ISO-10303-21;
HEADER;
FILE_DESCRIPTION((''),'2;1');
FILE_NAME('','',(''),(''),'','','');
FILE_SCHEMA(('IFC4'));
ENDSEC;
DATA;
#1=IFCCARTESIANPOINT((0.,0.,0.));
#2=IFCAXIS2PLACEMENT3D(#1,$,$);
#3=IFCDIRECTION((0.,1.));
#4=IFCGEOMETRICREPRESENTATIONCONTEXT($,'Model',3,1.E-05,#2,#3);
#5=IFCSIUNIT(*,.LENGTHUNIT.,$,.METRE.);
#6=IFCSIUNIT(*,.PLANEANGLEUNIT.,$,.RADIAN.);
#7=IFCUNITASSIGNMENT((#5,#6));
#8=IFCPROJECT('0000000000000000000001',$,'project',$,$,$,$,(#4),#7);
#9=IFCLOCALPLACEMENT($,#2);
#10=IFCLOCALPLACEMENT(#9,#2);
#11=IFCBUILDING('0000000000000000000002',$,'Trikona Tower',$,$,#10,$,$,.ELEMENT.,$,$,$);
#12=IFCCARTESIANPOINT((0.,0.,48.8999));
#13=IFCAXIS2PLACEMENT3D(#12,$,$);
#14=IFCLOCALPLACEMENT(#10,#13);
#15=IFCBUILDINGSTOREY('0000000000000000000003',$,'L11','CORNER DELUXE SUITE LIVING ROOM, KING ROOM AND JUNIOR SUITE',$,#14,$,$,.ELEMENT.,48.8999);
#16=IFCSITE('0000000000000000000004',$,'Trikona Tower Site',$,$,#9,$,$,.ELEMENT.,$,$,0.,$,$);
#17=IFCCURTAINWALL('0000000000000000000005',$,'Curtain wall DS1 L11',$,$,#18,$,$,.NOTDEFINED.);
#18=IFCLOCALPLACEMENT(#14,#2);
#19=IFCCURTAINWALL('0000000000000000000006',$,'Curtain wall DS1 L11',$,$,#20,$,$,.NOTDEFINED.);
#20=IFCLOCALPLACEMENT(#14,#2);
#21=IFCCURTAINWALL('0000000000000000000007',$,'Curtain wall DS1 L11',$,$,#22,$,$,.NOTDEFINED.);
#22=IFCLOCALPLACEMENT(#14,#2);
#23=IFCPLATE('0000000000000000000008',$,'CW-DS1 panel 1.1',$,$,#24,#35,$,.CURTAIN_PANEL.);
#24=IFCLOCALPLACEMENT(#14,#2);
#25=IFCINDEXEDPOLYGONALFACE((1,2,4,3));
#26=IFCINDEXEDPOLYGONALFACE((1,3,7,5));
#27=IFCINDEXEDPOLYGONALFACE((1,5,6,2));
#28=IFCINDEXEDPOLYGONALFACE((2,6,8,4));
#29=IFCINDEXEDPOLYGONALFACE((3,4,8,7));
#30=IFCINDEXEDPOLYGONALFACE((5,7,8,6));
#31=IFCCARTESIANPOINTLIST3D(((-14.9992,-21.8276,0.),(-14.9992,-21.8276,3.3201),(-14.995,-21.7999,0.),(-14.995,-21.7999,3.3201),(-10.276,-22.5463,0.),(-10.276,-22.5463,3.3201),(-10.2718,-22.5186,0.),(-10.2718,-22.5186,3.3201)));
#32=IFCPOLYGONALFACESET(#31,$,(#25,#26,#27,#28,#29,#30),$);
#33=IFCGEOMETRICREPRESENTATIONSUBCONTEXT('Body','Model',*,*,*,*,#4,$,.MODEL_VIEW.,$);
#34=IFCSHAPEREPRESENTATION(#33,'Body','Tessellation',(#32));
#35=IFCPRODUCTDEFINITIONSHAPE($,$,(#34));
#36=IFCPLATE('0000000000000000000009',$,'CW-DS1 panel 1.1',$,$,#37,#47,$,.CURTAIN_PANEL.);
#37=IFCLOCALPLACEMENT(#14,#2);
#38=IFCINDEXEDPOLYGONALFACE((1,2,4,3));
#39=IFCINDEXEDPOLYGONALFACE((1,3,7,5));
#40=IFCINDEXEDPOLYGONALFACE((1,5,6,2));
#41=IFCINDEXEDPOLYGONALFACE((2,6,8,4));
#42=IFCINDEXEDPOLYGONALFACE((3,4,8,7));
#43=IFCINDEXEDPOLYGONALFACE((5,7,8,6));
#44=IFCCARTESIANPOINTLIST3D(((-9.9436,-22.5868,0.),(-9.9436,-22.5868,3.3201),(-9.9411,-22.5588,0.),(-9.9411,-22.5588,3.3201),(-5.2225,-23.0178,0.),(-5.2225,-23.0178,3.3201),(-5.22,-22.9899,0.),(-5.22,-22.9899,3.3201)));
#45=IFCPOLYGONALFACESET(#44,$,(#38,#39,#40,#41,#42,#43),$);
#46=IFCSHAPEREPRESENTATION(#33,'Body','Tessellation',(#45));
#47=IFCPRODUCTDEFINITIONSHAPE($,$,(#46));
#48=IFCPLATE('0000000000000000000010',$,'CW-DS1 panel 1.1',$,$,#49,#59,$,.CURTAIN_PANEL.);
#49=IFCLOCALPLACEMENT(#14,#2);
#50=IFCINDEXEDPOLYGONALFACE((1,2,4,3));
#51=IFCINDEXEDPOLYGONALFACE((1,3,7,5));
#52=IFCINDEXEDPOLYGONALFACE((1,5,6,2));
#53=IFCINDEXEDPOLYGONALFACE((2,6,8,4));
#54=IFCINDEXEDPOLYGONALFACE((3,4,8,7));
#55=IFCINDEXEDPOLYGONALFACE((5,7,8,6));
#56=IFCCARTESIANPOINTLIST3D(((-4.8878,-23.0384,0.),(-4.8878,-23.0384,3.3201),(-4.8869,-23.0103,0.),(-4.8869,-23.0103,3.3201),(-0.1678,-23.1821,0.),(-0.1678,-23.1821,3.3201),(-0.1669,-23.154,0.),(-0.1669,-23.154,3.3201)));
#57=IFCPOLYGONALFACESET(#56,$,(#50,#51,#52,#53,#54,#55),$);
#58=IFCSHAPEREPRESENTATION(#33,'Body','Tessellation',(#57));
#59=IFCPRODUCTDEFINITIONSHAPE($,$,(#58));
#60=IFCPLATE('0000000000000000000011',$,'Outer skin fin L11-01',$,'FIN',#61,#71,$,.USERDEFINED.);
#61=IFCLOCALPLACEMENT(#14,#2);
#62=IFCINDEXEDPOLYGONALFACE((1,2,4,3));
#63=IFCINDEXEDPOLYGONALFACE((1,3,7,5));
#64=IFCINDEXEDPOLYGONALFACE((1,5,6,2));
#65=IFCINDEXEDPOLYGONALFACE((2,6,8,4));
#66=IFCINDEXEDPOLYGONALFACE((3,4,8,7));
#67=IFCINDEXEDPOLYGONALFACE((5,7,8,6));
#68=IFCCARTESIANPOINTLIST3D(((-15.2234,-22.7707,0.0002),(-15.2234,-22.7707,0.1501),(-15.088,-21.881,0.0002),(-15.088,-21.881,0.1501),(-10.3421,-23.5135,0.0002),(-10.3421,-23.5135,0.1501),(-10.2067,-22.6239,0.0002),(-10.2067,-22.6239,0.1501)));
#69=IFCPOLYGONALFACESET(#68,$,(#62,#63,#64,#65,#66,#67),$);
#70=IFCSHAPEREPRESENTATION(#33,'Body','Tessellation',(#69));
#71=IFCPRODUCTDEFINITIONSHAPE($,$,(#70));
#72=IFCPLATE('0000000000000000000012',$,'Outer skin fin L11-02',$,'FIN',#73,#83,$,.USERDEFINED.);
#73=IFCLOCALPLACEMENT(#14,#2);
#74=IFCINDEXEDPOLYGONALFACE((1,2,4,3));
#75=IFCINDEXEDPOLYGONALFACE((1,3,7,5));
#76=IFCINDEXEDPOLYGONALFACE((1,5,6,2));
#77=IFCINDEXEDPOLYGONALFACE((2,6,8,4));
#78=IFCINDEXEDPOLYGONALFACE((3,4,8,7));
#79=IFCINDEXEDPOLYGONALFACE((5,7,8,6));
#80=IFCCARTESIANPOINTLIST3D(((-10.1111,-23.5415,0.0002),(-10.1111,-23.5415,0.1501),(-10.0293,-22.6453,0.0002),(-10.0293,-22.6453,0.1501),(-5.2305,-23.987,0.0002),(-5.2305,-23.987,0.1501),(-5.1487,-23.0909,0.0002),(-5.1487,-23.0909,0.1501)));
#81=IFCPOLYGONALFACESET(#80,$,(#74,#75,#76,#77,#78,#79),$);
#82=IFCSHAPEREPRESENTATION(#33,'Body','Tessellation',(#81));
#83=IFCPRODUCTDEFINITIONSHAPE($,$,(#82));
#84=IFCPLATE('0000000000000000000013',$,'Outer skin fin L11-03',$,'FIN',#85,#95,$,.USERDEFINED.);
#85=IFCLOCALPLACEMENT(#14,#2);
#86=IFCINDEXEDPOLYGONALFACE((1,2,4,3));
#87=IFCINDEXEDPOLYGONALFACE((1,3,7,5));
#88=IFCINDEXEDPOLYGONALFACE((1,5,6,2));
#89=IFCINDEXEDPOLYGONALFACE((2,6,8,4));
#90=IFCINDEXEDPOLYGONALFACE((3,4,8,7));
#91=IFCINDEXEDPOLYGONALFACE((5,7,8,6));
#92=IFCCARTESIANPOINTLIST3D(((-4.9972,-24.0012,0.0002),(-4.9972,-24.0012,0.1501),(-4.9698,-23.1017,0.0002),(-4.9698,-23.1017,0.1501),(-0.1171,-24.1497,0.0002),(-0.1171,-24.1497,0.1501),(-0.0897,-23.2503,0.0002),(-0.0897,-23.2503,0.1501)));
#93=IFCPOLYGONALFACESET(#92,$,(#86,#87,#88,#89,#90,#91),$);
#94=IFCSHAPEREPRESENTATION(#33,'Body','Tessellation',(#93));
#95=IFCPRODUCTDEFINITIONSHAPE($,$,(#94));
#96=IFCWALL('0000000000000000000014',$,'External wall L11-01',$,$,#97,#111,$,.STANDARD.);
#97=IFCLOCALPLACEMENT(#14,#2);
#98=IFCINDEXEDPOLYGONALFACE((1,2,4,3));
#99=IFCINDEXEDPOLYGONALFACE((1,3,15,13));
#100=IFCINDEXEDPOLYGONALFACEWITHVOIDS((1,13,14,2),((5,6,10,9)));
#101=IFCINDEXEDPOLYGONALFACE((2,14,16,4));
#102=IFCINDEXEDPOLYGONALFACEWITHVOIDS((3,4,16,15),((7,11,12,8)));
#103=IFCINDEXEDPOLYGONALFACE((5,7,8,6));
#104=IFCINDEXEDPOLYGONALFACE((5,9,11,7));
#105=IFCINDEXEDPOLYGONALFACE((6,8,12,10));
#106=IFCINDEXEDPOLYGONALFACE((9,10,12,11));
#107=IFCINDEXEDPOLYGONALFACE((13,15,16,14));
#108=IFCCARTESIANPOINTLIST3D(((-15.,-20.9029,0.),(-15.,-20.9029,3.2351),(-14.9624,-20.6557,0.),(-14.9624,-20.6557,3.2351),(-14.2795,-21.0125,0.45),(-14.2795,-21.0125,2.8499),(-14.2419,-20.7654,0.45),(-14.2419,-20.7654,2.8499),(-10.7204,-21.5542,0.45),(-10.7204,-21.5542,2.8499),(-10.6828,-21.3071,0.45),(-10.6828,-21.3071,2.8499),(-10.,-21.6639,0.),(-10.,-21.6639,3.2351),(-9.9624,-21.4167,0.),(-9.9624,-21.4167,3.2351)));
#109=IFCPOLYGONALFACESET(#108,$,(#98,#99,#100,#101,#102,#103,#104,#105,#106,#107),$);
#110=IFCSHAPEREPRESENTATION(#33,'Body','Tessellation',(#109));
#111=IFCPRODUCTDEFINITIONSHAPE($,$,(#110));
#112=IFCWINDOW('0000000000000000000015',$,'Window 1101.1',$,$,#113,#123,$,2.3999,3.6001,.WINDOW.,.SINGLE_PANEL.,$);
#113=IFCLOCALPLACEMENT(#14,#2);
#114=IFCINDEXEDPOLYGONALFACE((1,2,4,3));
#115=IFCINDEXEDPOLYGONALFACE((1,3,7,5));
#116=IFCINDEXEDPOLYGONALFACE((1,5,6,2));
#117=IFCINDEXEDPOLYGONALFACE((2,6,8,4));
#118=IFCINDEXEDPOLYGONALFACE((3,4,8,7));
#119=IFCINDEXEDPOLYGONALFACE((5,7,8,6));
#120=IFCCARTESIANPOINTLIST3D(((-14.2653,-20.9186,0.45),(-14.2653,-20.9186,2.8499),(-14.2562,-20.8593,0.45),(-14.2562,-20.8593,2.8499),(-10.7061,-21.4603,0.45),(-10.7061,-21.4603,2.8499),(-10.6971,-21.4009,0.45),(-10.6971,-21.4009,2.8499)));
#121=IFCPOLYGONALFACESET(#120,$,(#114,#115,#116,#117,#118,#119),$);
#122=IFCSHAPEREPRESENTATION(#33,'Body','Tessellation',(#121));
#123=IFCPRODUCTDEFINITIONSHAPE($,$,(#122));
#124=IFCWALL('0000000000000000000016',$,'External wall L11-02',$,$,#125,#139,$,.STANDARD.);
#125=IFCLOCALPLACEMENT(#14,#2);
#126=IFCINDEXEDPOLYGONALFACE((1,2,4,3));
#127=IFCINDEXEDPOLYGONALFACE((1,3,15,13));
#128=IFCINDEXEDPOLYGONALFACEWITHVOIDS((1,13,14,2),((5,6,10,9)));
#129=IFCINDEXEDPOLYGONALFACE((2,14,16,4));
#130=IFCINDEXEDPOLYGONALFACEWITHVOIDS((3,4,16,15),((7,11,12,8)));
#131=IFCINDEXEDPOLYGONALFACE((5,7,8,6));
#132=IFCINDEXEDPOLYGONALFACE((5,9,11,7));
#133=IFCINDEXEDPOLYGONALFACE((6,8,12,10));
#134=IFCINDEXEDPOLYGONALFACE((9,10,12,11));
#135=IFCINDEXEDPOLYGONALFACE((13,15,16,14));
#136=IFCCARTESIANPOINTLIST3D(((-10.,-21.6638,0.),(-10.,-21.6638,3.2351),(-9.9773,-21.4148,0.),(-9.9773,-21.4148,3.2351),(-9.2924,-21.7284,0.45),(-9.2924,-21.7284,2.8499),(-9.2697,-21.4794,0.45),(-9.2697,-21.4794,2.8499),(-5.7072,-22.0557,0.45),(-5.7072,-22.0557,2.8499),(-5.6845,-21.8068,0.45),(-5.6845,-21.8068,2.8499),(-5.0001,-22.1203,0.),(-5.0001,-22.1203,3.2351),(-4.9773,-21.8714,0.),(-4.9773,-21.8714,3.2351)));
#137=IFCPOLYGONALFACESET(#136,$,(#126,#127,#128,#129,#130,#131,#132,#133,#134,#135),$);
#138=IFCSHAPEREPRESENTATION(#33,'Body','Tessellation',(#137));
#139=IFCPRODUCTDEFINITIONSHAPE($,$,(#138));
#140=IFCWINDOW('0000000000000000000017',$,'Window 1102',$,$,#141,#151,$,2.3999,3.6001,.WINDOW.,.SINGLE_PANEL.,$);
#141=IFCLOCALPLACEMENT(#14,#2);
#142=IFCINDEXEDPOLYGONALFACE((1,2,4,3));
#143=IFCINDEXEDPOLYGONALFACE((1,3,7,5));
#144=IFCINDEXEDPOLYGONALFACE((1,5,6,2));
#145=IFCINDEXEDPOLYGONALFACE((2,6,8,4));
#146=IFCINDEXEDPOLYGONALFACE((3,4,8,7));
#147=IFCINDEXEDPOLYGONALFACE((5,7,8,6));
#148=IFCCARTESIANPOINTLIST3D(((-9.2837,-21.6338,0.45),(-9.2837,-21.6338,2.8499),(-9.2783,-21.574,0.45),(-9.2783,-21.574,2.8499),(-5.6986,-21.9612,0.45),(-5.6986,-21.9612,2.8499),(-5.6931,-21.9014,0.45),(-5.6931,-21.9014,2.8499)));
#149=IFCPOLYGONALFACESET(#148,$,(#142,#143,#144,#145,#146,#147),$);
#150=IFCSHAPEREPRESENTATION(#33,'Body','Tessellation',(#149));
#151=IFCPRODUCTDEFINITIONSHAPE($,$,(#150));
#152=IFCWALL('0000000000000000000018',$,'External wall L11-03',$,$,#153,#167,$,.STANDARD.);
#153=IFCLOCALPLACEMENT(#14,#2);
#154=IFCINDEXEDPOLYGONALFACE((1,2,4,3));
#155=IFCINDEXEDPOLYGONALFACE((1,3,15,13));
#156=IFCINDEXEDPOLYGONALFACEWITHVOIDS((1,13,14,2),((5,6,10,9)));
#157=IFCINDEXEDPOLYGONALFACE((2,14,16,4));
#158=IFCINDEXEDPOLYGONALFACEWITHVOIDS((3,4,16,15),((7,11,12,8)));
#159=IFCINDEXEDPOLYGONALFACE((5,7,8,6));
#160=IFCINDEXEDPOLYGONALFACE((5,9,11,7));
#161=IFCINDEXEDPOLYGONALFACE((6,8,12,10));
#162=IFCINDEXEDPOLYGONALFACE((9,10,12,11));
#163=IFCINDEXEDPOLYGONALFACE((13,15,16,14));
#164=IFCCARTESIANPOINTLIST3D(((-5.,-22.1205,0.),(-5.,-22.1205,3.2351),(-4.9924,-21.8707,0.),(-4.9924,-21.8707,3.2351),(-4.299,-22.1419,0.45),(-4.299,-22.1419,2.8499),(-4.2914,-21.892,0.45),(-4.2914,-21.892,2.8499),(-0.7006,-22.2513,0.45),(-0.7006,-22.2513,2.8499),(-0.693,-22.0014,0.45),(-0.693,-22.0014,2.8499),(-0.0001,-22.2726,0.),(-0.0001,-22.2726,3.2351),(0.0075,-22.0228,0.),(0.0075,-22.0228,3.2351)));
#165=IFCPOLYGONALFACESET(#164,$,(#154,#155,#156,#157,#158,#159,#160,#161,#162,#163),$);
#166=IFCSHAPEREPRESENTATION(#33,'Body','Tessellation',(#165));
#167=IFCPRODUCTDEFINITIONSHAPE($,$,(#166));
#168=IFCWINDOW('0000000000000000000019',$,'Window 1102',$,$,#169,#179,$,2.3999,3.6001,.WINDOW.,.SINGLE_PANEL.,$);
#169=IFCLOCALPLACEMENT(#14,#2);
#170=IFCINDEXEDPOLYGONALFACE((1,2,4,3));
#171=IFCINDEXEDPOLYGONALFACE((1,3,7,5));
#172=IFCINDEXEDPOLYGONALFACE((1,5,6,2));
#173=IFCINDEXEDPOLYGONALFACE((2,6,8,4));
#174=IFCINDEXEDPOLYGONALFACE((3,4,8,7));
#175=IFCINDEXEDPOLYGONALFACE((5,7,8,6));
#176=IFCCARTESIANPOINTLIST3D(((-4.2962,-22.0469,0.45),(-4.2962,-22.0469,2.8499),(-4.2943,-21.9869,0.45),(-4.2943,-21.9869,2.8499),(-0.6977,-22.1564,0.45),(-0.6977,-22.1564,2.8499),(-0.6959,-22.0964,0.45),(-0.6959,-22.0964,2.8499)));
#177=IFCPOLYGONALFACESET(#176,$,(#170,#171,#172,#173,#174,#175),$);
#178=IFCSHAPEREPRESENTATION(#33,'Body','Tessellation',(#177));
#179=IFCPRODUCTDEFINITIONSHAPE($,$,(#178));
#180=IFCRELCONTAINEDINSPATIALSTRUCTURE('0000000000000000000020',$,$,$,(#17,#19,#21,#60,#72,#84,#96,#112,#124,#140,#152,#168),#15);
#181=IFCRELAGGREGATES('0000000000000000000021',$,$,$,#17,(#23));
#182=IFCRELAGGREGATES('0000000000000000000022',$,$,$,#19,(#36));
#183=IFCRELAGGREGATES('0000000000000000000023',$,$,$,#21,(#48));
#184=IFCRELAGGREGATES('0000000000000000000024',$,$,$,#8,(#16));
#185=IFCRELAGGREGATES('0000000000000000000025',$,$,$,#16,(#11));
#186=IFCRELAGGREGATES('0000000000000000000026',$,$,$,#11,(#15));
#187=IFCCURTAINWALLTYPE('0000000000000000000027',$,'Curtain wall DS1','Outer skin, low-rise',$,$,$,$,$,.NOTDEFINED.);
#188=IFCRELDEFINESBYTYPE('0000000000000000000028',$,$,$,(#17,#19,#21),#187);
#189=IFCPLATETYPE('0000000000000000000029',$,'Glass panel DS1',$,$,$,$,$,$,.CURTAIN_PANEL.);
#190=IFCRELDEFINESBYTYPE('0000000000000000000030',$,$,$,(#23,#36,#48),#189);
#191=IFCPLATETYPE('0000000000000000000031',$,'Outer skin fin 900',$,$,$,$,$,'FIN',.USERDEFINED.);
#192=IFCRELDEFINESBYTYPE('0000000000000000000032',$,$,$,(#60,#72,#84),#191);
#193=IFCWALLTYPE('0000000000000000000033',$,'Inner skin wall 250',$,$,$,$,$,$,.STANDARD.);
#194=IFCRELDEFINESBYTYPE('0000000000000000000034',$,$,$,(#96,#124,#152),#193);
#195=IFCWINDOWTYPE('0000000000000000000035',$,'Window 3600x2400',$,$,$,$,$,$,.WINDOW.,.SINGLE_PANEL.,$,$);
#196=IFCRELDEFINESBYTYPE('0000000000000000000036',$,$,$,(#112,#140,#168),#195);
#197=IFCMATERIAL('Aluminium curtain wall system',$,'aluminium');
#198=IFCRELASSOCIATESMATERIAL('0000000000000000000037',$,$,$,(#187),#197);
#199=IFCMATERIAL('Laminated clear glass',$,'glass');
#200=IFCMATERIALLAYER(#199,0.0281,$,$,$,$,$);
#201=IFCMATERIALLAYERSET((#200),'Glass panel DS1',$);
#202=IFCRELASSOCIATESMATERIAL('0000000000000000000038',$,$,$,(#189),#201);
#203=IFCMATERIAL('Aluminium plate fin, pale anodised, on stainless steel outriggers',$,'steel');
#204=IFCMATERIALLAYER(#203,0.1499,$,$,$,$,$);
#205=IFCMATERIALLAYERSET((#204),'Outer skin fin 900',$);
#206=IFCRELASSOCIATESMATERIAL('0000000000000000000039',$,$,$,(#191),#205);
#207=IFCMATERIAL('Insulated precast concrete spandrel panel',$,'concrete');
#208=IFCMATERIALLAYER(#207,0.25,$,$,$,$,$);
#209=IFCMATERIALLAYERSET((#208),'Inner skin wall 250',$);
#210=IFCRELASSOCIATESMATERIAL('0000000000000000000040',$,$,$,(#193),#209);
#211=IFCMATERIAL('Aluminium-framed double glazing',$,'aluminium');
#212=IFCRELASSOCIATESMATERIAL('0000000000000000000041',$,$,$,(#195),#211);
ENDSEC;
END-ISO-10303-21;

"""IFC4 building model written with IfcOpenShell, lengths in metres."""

from ifc_helpers import new_model, si_unit, direction, frame, frame_2d, origin, origin_2d, place, context, subcontext, project, spatial, rectangle, extrude, material, layer, layer_set, type_object, element, fill, aggregate, save


model = new_model("IFC4")

# Units and contexts
model_context = context("Model", 3, precision=1e-05, world=origin(), true_north=direction((0.0, 1.0)))
body_context = subcontext(model_context, "Body", "Model", "MODEL_VIEW")
ifc_project = project(units=[si_unit("LENGTHUNIT", "METRE"), si_unit("PLANEANGLEUNIT", "RADIAN")], contexts=[model_context])

# Site, building, storey
site_placement = place(None, origin())
site = spatial("IfcSite", under=ifc_project, at=site_placement, Name="Trikona Tower Site", CompositionType="ELEMENT", RefElevation=0.0)
building_placement = place(site_placement, origin())
building = spatial("IfcBuilding", under=site, at=building_placement, Name="Trikona Tower", CompositionType="ELEMENT")
storey_placement = place(building_placement, frame((0.0, 0.0, 48.8999)))
storey = spatial("IfcBuildingStorey", under=building, at=storey_placement, Name="L11", Description="CORNER DELUXE SUITE LIVING ROOM, KING ROOM AND JUNIOR SUITE", CompositionType="ELEMENT", Elevation=48.8999)

# Curtain wall
ifc_material_1 = material(Name="Aluminium curtain wall system", Category="aluminium")
curtain_wall_type = type_object("IfcCurtainWallType", Name="Curtain wall DS1", Description="Outer skin, low-rise", PredefinedType="NOTDEFINED", material=ifc_material_1)
curtain_wall_1_placement = place(storey_placement, origin())
curtain_wall_1 = element("IfcCurtainWall", 1, at=curtain_wall_1_placement, inside=storey, type_object=curtain_wall_type, Name="Curtain wall DS1 L11", PredefinedType="NOTDEFINED")

# Curtain walls
curtain_wall_2_placement = place(storey_placement, origin())
curtain_wall_2 = element("IfcCurtainWall", 2, at=curtain_wall_2_placement, inside=storey, type_object=curtain_wall_type, Name="Curtain wall DS1 L11", PredefinedType="NOTDEFINED")
curtain_wall_3_placement = place(storey_placement, origin())
curtain_wall_3 = element("IfcCurtainWall", 3, at=curtain_wall_3_placement, inside=storey, type_object=curtain_wall_type, Name="Curtain wall DS1 L11", PredefinedType="NOTDEFINED")

# Plates
ifc_material_2 = material(Name="Laminated clear glass", Category="glass")
ifc_layer_1 = layer(ifc_material_2, 0.0281)
ifc_layer_set_1 = layer_set([ifc_layer_1], Name="Glass panel DS1")
plate_type_1 = type_object("IfcPlateType", Name="Glass panel DS1", PredefinedType="CURTAIN_PANEL", material=ifc_layer_set_1)
plate_1_placement = place(storey_placement, frame((-12.6355, -22.1731, 0.0), z_axis=(0.0, 0.0, 1.0), x_axis=(0.988619, -0.150438, 0.0)))
plate_1 = element("IfcPlate", 4, at=plate_1_placement, type_object=plate_type_1, Name="CW-DS1 panel 1.1", PredefinedType="CURTAIN_PANEL", context=body_context, shape_type="SweptSolid", body=[
    extrude(rectangle(XDim=4.7776, YDim=0.0281, at=origin_2d()), origin(), (0.0, 0.0, 1.0), 3.3201),
])
aggregate(curtain_wall_1, [plate_1])
plate_2_placement = place(storey_placement, frame((-7.5818, -22.7883, 0.0), z_axis=(0.0, 0.0, 1.0), x_axis=(0.995858, -0.090924, 0.0)))
plate_2 = element("IfcPlate", 5, at=plate_2_placement, type_object=plate_type_1, Name="CW-DS1 panel 1.1", PredefinedType="CURTAIN_PANEL", context=body_context, shape_type="SweptSolid", body=[
    extrude(rectangle(XDim=4.7407, YDim=0.0281, at=origin_2d()), origin(), (0.0, 0.0, 1.0), 3.3201),
])
aggregate(curtain_wall_2, [plate_2])
plate_3_placement = place(storey_placement, frame((-2.5273, -23.0962, 0.0), z_axis=(0.0, 0.0, 1.0), x_axis=(0.999537, -0.030437, 0.0)))
plate_3 = element("IfcPlate", 6, at=plate_3_placement, type_object=plate_type_1, Name="CW-DS1 panel 1.1", PredefinedType="CURTAIN_PANEL", context=body_context, shape_type="SweptSolid", body=[
    extrude(rectangle(XDim=4.7222, YDim=0.0281, at=origin_2d()), origin(), (0.0, 0.0, 1.0), 3.3201),
])
aggregate(curtain_wall_3, [plate_3])

# Plates
ifc_material_3 = material(Name="Aluminium plate fin, pale anodised, on stainless steel outriggers", Category="steel")
ifc_layer_2 = layer(ifc_material_3, 0.1499)
ifc_layer_set_2 = layer_set([ifc_layer_2], Name="Outer skin fin 900")
plate_type_2 = type_object("IfcPlateType", Name="Outer skin fin 900", ElementType="FIN", PredefinedType="USERDEFINED", material=ifc_layer_set_2)
plate_4_placement = place(storey_placement, frame((-12.7151, -22.6973, 0.0002), z_axis=(0.0, 0.0, 1.0), x_axis=(0.988618, -0.150448, 0.0)))
element("IfcPlate", 7, at=plate_4_placement, inside=storey, type_object=plate_type_2, Name="Outer skin fin L11-01", ObjectType="FIN", PredefinedType="USERDEFINED", context=body_context, shape_type="SweptSolid", body=[
    extrude(rectangle(XDim=4.9375, YDim=0.8999, at=origin_2d()), origin(), (0.0, 0.0, 1.0), 0.1499),
])
plate_5_placement = place(storey_placement, frame((-7.6299, -23.3162, 0.0002), z_axis=(0.0, 0.0, 1.0), x_axis=(0.995858, -0.090921, 0.0)))
element("IfcPlate", 8, at=plate_5_placement, inside=storey, type_object=plate_type_2, Name="Outer skin fin L11-02", ObjectType="FIN", PredefinedType="USERDEFINED", context=body_context, shape_type="SweptSolid", body=[
    extrude(rectangle(XDim=4.9009, YDim=0.8999, at=origin_2d()), origin(), (0.0, 0.0, 1.0), 0.1499),
])
plate_6_placement = place(storey_placement, frame((-2.5435, -23.6257, 0.0002), z_axis=(0.0, 0.0, 1.0), x_axis=(0.999537, -0.030425, 0.0)))
element("IfcPlate", 9, at=plate_6_placement, inside=storey, type_object=plate_type_2, Name="Outer skin fin L11-03", ObjectType="FIN", PredefinedType="USERDEFINED", context=body_context, shape_type="SweptSolid", body=[
    extrude(rectangle(XDim=4.8823, YDim=0.8999, at=origin_2d()), origin(), (0.0, 0.0, 1.0), 0.1499),
])

# Walls, openings, windows
ifc_material_4 = material(Name="Insulated precast concrete spandrel panel", Category="concrete")
ifc_layer_3 = layer(ifc_material_4, 0.25)
ifc_layer_set_3 = layer_set([ifc_layer_3], Name="Inner skin wall 250")
wall_type = type_object("IfcWallType", Name="Inner skin wall 250", PredefinedType="STANDARD", material=ifc_layer_set_3)
wall_1_placement = place(storey_placement, frame((-14.9812, -20.7793, 0.0), z_axis=(0.0, 0.0, 1.0), x_axis=(0.988615, -0.150465, 0.0)))
wall_1 = element("IfcWall", 10, at=wall_1_placement, inside=storey, type_object=wall_type, Name="External wall L11-01", PredefinedType="STANDARD", context=body_context, shape_type="SweptSolid", body=[
    extrude(rectangle(XDim=5.0576, YDim=0.25, at=frame_2d((2.5288, 0.0))), origin(), (0.0, 0.0, 1.0), 3.2351),
])
opening_1_placement = place(wall_1_placement, frame((0.7288, 0.0, 0.45)))
opening_1 = element("IfcOpeningElement", 11, at=opening_1_placement, cuts=wall_1, PredefinedType="OPENING", context=body_context, shape_type="SweptSolid", body=[
    extrude(rectangle(XDim=3.6001, YDim=2.3999, at=frame_2d((1.8, 1.2))), frame((0.0, 0.135, 0.0), z_axis=(0.0, -1.0, 0.0), x_axis=(1.0, 0.0, 0.0)), (0.0, 0.0, 1.0), 0.27),
])
ifc_material_5 = material(Name="Aluminium-framed double glazing", Category="aluminium")
window_type = type_object("IfcWindowType", Name="Window 3600x2400", PartitioningType="SINGLE_PANEL", PredefinedType="WINDOW", material=ifc_material_5)
window_1_placement = place(opening_1_placement, origin())
window_1 = element("IfcWindow", 12, at=window_1_placement, inside=storey, type_object=window_type, Name="Window 1101.1", OverallHeight=2.3999, OverallWidth=3.6001, PartitioningType="SINGLE_PANEL", PredefinedType="WINDOW", context=body_context, shape_type="SweptSolid", body=[
    extrude(rectangle(XDim=3.6001, YDim=2.3999, at=frame_2d((1.8, 1.2))), frame((0.0, 0.03, 0.0), z_axis=(0.0, -1.0, 0.0), x_axis=(1.0, 0.0, 0.0)), (0.0, 0.0, 1.0), 0.0601),
])
fill(opening_1, window_1)
wall_2_placement = place(storey_placement, frame((-9.9885, -21.5393, 0.0), z_axis=(0.0, 0.0, 1.0), x_axis=(0.995857, -0.09093, 0.0)))
wall_2 = element("IfcWall", 13, at=wall_2_placement, inside=storey, type_object=wall_type, Name="External wall L11-02", PredefinedType="STANDARD", context=body_context, shape_type="SweptSolid", body=[
    extrude(rectangle(XDim=5.0208, YDim=0.25, at=frame_2d((2.5103, 0.0))), origin(), (0.0, 0.0, 1.0), 3.2351),
])
opening_2_placement = place(wall_2_placement, frame((0.7104, 0.0, 0.45)))
opening_2 = element("IfcOpeningElement", 14, at=opening_2_placement, cuts=wall_2, PredefinedType="OPENING", context=body_context, shape_type="SweptSolid", body=[
    extrude(rectangle(XDim=3.6001, YDim=2.3999, at=frame_2d((1.8, 1.2))), frame((0.0, 0.135, 0.0), z_axis=(0.0, -1.0, 0.0), x_axis=(1.0, 0.0, 0.0)), (0.0, 0.0, 1.0), 0.27),
])
window_2_placement = place(opening_2_placement, origin())
window_2 = element("IfcWindow", 15, at=window_2_placement, inside=storey, type_object=window_type, Name="Window 1102", OverallHeight=2.3999, OverallWidth=3.6001, PartitioningType="SINGLE_PANEL", PredefinedType="WINDOW", context=body_context, shape_type="SweptSolid", body=[
    extrude(rectangle(XDim=3.6001, YDim=2.3999, at=frame_2d((1.8, 1.2))), frame((0.0, 0.03, 0.0), z_axis=(0.0, -1.0, 0.0), x_axis=(1.0, 0.0, 0.0)), (0.0, 0.0, 1.0), 0.0601),
])
fill(opening_2, window_2)
wall_3_placement = place(storey_placement, frame((-4.9961, -21.9956, 0.0), z_axis=(0.0, 0.0, 1.0), x_axis=(0.999538, -0.030406, 0.0)))
wall_3 = element("IfcWall", 16, at=wall_3_placement, inside=storey, type_object=wall_type, Name="External wall L11-03", PredefinedType="STANDARD", context=body_context, shape_type="SweptSolid", body=[
    extrude(rectangle(XDim=5.0022, YDim=0.25, at=frame_2d((2.501, 0.0))), origin(), (0.0, 0.0, 1.0), 3.2351),
])
opening_3_placement = place(wall_3_placement, frame((0.7012, 0.0, 0.45)))
opening_3 = element("IfcOpeningElement", 17, at=opening_3_placement, cuts=wall_3, PredefinedType="OPENING", context=body_context, shape_type="SweptSolid", body=[
    extrude(rectangle(XDim=3.6001, YDim=2.3999, at=frame_2d((1.8, 1.2))), frame((0.0, 0.135, 0.0), z_axis=(0.0, -1.0, 0.0), x_axis=(1.0, 0.0, 0.0)), (0.0, 0.0, 1.0), 0.27),
])
window_3_placement = place(opening_3_placement, origin())
window_3 = element("IfcWindow", 18, at=window_3_placement, inside=storey, type_object=window_type, Name="Window 1102", OverallHeight=2.3999, OverallWidth=3.6001, PartitioningType="SINGLE_PANEL", PredefinedType="WINDOW", context=body_context, shape_type="SweptSolid", body=[
    extrude(rectangle(XDim=3.6001, YDim=2.3999, at=frame_2d((1.8, 1.2))), frame((0.0, 0.03, 0.0), z_axis=(0.0, -1.0, 0.0), x_axis=(1.0, 0.0, 0.0)), (0.0, 0.0, 1.0), 0.0601),
])
fill(opening_3, window_3)

save(model, "model.ifc")
